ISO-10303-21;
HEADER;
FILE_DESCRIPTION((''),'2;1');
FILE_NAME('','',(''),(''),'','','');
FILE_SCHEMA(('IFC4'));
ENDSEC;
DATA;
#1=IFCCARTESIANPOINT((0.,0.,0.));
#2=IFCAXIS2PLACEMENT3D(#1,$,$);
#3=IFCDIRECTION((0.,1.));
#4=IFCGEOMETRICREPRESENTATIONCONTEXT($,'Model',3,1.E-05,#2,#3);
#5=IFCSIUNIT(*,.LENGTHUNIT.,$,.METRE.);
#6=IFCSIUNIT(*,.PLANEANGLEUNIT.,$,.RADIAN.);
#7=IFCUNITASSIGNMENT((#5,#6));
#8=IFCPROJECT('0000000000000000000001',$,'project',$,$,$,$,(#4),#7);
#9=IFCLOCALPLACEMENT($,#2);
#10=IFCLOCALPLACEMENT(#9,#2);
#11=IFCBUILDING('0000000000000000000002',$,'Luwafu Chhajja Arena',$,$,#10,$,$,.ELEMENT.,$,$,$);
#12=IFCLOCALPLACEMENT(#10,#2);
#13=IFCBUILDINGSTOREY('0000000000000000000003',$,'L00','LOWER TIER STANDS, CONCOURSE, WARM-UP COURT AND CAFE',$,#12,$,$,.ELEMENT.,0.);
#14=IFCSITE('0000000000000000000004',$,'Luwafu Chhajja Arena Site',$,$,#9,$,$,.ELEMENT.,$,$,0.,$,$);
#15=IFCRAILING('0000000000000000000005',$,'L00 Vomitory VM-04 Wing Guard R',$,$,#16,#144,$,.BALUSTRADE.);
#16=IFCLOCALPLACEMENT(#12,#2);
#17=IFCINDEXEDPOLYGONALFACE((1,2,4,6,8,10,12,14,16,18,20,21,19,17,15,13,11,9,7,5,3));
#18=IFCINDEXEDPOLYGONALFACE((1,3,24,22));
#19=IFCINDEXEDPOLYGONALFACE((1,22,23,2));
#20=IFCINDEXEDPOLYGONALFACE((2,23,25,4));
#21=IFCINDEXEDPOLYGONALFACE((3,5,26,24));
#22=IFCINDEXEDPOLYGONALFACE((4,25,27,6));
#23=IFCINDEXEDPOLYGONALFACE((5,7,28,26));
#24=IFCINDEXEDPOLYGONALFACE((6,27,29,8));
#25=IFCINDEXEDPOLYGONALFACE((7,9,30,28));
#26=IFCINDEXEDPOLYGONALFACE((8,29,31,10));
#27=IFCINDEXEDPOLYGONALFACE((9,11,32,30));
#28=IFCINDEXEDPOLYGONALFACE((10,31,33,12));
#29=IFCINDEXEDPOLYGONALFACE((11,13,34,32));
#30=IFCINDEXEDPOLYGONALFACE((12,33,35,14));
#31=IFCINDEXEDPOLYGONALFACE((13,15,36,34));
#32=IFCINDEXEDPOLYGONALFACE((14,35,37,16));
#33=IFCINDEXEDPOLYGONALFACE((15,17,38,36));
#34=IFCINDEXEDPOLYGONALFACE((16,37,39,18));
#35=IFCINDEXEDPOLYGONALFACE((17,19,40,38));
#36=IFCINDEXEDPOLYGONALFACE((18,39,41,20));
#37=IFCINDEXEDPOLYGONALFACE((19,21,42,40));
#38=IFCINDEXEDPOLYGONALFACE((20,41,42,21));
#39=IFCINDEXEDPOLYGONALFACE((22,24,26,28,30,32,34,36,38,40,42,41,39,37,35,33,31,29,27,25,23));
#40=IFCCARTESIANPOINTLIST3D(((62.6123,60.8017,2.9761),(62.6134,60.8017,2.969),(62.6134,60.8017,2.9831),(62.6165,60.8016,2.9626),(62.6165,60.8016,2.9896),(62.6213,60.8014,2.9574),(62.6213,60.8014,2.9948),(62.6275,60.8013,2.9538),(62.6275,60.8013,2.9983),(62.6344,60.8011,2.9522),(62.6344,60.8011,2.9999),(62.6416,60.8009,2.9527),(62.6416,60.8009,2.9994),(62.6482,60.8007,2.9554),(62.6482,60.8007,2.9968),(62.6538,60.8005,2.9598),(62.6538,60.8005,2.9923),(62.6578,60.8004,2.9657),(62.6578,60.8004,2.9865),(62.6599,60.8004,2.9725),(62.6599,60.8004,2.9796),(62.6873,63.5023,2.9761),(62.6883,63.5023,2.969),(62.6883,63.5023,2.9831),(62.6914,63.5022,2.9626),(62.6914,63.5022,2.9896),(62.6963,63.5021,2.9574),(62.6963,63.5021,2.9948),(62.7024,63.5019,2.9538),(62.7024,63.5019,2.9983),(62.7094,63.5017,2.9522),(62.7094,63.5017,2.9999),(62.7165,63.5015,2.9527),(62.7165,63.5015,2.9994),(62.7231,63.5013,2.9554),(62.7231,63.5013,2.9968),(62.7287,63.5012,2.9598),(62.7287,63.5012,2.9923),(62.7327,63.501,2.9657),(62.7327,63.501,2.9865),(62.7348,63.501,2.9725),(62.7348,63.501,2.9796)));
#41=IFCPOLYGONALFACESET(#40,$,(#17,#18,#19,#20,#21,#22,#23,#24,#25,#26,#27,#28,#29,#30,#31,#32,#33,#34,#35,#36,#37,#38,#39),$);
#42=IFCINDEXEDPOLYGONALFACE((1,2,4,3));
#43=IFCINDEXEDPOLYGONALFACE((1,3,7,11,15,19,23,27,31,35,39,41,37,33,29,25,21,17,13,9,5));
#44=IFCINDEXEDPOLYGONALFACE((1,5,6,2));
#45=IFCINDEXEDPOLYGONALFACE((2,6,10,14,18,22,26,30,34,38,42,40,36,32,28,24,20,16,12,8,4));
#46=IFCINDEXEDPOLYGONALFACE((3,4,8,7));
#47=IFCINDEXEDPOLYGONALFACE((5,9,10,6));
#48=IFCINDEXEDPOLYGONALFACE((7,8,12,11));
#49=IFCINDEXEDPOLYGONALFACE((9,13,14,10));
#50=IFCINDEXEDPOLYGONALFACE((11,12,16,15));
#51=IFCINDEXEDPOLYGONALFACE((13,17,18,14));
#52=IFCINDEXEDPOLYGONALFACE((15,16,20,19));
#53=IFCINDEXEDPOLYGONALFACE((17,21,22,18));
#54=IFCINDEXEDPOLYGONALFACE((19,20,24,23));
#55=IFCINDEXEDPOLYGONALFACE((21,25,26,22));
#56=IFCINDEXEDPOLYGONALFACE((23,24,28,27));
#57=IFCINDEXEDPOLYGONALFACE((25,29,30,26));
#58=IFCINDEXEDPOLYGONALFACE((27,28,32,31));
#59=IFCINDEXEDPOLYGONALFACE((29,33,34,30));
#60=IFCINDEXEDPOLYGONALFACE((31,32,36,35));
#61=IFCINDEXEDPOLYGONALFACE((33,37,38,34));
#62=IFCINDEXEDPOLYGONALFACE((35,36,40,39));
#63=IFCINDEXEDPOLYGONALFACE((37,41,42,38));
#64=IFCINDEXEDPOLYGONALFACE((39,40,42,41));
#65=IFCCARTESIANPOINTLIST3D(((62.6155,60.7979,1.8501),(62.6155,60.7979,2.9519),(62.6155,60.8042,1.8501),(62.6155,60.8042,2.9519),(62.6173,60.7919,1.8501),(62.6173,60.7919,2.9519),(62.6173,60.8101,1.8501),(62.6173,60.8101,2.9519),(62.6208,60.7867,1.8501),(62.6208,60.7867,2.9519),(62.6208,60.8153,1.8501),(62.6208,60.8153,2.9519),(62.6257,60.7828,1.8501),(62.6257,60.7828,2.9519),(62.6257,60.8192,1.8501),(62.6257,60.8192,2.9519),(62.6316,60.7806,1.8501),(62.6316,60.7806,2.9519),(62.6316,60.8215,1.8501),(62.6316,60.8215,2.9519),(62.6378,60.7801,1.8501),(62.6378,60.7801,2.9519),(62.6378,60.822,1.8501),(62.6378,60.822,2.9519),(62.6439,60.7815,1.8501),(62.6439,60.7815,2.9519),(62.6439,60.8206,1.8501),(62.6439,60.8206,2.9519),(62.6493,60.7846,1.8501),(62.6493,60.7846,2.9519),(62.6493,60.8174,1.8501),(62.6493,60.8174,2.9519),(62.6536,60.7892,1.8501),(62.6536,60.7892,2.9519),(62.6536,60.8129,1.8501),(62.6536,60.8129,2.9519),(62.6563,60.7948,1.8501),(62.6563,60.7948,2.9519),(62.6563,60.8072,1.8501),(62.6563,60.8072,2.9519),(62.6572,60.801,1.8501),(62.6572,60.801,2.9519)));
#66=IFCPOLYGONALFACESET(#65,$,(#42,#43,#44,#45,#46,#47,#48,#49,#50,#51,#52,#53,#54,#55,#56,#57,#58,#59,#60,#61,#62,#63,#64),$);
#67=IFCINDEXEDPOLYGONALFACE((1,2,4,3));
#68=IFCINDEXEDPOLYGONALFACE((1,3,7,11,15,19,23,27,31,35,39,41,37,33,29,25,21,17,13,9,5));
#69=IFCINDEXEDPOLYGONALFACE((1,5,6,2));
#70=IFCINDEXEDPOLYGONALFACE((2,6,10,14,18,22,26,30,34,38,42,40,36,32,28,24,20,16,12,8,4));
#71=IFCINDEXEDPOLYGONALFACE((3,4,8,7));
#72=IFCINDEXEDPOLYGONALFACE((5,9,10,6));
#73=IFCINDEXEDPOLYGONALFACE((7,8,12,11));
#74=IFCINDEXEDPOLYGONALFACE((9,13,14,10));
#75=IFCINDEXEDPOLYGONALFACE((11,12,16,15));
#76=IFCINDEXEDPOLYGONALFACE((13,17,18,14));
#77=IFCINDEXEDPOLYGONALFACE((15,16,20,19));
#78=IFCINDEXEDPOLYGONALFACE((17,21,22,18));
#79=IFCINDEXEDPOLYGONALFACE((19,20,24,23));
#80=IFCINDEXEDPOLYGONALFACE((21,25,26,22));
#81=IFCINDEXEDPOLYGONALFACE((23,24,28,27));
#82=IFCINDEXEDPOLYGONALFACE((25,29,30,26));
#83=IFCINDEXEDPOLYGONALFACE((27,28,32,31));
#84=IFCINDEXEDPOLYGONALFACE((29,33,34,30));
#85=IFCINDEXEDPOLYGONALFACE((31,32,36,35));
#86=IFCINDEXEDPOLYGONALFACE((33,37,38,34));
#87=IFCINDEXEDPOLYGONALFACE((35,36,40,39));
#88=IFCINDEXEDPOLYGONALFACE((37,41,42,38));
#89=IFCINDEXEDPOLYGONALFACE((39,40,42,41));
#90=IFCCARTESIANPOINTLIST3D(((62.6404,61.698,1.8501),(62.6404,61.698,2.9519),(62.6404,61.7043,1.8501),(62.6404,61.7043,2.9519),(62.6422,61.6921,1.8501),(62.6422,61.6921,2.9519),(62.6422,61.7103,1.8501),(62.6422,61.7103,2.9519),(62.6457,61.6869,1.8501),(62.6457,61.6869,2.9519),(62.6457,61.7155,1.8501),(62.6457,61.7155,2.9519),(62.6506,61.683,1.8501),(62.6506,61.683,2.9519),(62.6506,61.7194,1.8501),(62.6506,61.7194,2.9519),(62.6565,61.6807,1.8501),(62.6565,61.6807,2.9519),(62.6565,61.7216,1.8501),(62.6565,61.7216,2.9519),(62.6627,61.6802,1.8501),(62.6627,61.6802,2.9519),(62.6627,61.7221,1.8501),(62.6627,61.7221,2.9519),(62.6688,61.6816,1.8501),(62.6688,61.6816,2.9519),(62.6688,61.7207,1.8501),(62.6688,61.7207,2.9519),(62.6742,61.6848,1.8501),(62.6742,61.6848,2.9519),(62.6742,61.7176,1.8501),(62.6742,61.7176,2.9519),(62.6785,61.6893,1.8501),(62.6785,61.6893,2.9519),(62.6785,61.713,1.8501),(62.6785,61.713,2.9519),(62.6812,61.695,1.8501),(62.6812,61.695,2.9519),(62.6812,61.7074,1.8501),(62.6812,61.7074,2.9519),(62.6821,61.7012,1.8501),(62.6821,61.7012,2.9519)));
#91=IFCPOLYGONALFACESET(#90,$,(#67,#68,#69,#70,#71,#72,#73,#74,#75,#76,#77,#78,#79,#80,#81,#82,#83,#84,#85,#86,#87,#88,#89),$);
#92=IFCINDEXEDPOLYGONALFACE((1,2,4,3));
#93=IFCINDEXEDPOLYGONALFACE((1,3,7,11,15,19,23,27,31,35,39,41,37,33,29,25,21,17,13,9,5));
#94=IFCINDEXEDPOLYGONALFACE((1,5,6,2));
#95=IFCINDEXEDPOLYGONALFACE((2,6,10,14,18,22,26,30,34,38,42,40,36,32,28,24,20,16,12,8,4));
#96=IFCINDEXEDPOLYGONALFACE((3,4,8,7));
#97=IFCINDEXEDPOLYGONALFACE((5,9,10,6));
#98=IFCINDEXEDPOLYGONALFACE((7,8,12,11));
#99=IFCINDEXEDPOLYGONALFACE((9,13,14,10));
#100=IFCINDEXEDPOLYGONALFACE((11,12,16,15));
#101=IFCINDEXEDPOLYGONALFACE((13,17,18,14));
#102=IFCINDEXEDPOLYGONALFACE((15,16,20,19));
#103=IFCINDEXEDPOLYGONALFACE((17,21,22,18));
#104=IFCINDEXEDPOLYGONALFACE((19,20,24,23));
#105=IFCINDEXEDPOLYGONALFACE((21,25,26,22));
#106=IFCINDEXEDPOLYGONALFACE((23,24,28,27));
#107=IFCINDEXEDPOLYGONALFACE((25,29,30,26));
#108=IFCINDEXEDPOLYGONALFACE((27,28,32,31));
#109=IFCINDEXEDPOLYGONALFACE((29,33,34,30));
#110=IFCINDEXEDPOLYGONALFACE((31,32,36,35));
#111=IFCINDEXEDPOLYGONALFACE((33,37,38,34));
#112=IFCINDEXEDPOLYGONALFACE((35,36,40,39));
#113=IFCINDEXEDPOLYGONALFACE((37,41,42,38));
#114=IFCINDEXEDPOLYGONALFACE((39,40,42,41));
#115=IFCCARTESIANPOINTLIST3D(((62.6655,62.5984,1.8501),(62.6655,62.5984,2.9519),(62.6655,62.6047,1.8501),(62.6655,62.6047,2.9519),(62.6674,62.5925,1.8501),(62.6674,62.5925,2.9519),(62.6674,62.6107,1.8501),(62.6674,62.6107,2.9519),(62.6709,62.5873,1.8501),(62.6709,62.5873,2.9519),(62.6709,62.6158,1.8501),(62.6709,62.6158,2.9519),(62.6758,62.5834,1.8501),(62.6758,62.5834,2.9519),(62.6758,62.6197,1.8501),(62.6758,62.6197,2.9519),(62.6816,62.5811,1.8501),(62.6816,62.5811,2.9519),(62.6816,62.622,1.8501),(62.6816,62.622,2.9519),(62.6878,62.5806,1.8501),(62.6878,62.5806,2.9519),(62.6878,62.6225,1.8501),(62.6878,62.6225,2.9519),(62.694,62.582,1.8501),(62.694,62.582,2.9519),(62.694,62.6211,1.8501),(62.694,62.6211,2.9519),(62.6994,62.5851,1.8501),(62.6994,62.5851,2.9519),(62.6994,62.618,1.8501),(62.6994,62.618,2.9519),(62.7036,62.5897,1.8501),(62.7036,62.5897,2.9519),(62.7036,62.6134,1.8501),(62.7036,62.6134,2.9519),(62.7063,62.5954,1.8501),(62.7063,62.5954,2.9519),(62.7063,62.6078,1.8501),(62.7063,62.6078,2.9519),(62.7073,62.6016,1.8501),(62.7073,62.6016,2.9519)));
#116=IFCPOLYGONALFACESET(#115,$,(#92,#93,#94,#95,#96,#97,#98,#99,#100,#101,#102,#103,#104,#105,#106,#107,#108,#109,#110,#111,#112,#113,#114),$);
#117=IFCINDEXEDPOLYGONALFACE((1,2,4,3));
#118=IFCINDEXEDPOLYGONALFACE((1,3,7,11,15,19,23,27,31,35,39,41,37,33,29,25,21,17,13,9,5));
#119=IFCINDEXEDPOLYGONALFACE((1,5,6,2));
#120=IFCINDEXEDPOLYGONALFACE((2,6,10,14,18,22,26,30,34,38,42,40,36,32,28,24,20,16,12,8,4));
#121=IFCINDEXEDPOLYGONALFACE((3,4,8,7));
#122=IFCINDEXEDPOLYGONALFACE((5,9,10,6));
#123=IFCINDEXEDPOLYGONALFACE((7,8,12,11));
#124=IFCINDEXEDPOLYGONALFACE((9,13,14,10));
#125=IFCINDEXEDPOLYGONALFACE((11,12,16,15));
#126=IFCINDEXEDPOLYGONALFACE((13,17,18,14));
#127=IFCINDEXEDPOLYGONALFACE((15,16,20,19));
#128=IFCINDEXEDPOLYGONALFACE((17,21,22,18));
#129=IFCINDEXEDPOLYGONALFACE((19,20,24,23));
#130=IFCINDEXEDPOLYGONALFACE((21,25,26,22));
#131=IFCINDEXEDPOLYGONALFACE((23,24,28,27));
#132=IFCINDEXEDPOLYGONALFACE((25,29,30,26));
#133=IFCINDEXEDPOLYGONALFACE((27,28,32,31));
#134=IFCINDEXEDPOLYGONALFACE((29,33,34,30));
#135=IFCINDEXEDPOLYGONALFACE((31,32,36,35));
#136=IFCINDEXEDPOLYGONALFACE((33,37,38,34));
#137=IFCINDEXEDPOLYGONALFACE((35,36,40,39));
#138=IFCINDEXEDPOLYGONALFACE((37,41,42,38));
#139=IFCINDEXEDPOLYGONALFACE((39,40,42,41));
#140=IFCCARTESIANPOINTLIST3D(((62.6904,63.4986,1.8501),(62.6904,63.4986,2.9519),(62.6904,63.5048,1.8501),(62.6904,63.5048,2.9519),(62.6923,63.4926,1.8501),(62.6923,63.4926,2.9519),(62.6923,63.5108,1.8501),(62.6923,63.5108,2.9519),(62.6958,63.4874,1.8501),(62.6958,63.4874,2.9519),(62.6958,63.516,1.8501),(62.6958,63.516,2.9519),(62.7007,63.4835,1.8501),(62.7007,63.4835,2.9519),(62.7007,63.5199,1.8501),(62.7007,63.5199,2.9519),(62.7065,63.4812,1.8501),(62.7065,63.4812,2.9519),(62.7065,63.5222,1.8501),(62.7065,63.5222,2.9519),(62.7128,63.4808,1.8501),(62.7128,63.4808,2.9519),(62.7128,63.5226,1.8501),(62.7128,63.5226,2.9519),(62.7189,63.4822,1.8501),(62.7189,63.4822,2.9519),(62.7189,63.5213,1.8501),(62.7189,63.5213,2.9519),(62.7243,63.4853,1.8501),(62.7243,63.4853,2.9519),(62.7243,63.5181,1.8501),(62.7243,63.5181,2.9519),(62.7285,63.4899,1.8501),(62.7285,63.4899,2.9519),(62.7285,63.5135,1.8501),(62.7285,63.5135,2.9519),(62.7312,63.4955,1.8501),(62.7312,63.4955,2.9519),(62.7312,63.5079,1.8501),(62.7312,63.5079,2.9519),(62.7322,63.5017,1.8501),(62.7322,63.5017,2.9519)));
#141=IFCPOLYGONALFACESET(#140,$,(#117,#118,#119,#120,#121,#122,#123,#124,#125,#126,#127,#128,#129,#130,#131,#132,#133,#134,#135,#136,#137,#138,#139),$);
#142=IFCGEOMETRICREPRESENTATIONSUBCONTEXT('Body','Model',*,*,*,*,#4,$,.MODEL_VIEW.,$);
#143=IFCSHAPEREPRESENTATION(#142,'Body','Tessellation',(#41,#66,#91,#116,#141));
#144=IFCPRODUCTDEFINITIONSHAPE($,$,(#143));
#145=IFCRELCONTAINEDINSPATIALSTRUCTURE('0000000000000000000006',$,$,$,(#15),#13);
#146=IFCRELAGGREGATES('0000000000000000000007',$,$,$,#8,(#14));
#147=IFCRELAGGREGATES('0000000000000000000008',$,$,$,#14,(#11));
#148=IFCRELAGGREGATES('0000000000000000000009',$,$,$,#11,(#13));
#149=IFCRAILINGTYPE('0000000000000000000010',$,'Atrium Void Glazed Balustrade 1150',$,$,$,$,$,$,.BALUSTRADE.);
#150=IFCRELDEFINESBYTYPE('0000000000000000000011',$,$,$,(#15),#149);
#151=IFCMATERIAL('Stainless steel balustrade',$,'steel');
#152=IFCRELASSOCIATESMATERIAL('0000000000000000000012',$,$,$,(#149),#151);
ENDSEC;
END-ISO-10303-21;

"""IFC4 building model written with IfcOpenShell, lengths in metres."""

from ifc_helpers import new_model, si_unit, direction, frame, origin, origin_2d, place, context, subcontext, project, spatial, circle, extrude, material, type_object, element, save


model = new_model("IFC4")

# Units and contexts
model_context = context("Model", 3, precision=1e-05, world=origin(), true_north=direction((0.0, 1.0)))
body_context = subcontext(model_context, "Body", "Model", "MODEL_VIEW")
ifc_project = project(units=[si_unit("LENGTHUNIT", "METRE"), si_unit("PLANEANGLEUNIT", "RADIAN")], contexts=[model_context])

# Site, building, storey
site_placement = place(None, origin())
site = spatial("IfcSite", under=ifc_project, at=site_placement, Name="Luwafu Chhajja Arena Site", CompositionType="ELEMENT", RefElevation=0.0)
building_placement = place(site_placement, origin())
building = spatial("IfcBuilding", under=site, at=building_placement, Name="Luwafu Chhajja Arena", CompositionType="ELEMENT")
storey_placement = place(building_placement, origin())
storey = spatial("IfcBuildingStorey", under=building, at=storey_placement, Name="L00", Description="LOWER TIER STANDS, CONCOURSE, WARM-UP COURT AND CAFE", CompositionType="ELEMENT", Elevation=0.0)

# Railing
ifc_material_1 = material(Name="Stainless steel balustrade", Category="steel")
railing_type_1 = type_object("IfcRailingType", Name="Atrium Void Glazed Balustrade 1150", PredefinedType="BALUSTRADE", material=ifc_material_1)
railing_1_placement = place(storey_placement, frame((62.6362, 60.801, 1.8501)))
element("IfcRailing", 1, at=railing_1_placement, inside=storey, type_object=railing_type_1, Name="L00 Vomitory VM-04 Wing Guard R", PredefinedType="BALUSTRADE", context=body_context, shape_type="SweptSolid", body=[
    extrude(circle(Radius=0.0239, at=origin_2d()), frame((0.0, 0.0, 1.126), z_axis=(0.027742, 0.999615, 0.0), x_axis=(-0.999615, 0.027742, 0.0)), (0.0, 0.0, 1.0), 2.7017),
    extrude(circle(Radius=0.021, at=origin_2d()), origin(), (0.0, 0.0, 1.0), 1.1018),
    extrude(circle(Radius=0.021, at=origin_2d()), frame((0.0249, 0.9001, 0.0)), (0.0, 0.0, 1.0), 1.1018),
    extrude(circle(Radius=0.021, at=origin_2d()), frame((0.05, 1.8005, 0.0)), (0.0, 0.0, 1.0), 1.1018),
    extrude(circle(Radius=0.021, at=origin_2d()), frame((0.075, 2.7007, 0.0)), (0.0, 0.0, 1.0), 1.1018),
])

save(model, "model.ifc")
